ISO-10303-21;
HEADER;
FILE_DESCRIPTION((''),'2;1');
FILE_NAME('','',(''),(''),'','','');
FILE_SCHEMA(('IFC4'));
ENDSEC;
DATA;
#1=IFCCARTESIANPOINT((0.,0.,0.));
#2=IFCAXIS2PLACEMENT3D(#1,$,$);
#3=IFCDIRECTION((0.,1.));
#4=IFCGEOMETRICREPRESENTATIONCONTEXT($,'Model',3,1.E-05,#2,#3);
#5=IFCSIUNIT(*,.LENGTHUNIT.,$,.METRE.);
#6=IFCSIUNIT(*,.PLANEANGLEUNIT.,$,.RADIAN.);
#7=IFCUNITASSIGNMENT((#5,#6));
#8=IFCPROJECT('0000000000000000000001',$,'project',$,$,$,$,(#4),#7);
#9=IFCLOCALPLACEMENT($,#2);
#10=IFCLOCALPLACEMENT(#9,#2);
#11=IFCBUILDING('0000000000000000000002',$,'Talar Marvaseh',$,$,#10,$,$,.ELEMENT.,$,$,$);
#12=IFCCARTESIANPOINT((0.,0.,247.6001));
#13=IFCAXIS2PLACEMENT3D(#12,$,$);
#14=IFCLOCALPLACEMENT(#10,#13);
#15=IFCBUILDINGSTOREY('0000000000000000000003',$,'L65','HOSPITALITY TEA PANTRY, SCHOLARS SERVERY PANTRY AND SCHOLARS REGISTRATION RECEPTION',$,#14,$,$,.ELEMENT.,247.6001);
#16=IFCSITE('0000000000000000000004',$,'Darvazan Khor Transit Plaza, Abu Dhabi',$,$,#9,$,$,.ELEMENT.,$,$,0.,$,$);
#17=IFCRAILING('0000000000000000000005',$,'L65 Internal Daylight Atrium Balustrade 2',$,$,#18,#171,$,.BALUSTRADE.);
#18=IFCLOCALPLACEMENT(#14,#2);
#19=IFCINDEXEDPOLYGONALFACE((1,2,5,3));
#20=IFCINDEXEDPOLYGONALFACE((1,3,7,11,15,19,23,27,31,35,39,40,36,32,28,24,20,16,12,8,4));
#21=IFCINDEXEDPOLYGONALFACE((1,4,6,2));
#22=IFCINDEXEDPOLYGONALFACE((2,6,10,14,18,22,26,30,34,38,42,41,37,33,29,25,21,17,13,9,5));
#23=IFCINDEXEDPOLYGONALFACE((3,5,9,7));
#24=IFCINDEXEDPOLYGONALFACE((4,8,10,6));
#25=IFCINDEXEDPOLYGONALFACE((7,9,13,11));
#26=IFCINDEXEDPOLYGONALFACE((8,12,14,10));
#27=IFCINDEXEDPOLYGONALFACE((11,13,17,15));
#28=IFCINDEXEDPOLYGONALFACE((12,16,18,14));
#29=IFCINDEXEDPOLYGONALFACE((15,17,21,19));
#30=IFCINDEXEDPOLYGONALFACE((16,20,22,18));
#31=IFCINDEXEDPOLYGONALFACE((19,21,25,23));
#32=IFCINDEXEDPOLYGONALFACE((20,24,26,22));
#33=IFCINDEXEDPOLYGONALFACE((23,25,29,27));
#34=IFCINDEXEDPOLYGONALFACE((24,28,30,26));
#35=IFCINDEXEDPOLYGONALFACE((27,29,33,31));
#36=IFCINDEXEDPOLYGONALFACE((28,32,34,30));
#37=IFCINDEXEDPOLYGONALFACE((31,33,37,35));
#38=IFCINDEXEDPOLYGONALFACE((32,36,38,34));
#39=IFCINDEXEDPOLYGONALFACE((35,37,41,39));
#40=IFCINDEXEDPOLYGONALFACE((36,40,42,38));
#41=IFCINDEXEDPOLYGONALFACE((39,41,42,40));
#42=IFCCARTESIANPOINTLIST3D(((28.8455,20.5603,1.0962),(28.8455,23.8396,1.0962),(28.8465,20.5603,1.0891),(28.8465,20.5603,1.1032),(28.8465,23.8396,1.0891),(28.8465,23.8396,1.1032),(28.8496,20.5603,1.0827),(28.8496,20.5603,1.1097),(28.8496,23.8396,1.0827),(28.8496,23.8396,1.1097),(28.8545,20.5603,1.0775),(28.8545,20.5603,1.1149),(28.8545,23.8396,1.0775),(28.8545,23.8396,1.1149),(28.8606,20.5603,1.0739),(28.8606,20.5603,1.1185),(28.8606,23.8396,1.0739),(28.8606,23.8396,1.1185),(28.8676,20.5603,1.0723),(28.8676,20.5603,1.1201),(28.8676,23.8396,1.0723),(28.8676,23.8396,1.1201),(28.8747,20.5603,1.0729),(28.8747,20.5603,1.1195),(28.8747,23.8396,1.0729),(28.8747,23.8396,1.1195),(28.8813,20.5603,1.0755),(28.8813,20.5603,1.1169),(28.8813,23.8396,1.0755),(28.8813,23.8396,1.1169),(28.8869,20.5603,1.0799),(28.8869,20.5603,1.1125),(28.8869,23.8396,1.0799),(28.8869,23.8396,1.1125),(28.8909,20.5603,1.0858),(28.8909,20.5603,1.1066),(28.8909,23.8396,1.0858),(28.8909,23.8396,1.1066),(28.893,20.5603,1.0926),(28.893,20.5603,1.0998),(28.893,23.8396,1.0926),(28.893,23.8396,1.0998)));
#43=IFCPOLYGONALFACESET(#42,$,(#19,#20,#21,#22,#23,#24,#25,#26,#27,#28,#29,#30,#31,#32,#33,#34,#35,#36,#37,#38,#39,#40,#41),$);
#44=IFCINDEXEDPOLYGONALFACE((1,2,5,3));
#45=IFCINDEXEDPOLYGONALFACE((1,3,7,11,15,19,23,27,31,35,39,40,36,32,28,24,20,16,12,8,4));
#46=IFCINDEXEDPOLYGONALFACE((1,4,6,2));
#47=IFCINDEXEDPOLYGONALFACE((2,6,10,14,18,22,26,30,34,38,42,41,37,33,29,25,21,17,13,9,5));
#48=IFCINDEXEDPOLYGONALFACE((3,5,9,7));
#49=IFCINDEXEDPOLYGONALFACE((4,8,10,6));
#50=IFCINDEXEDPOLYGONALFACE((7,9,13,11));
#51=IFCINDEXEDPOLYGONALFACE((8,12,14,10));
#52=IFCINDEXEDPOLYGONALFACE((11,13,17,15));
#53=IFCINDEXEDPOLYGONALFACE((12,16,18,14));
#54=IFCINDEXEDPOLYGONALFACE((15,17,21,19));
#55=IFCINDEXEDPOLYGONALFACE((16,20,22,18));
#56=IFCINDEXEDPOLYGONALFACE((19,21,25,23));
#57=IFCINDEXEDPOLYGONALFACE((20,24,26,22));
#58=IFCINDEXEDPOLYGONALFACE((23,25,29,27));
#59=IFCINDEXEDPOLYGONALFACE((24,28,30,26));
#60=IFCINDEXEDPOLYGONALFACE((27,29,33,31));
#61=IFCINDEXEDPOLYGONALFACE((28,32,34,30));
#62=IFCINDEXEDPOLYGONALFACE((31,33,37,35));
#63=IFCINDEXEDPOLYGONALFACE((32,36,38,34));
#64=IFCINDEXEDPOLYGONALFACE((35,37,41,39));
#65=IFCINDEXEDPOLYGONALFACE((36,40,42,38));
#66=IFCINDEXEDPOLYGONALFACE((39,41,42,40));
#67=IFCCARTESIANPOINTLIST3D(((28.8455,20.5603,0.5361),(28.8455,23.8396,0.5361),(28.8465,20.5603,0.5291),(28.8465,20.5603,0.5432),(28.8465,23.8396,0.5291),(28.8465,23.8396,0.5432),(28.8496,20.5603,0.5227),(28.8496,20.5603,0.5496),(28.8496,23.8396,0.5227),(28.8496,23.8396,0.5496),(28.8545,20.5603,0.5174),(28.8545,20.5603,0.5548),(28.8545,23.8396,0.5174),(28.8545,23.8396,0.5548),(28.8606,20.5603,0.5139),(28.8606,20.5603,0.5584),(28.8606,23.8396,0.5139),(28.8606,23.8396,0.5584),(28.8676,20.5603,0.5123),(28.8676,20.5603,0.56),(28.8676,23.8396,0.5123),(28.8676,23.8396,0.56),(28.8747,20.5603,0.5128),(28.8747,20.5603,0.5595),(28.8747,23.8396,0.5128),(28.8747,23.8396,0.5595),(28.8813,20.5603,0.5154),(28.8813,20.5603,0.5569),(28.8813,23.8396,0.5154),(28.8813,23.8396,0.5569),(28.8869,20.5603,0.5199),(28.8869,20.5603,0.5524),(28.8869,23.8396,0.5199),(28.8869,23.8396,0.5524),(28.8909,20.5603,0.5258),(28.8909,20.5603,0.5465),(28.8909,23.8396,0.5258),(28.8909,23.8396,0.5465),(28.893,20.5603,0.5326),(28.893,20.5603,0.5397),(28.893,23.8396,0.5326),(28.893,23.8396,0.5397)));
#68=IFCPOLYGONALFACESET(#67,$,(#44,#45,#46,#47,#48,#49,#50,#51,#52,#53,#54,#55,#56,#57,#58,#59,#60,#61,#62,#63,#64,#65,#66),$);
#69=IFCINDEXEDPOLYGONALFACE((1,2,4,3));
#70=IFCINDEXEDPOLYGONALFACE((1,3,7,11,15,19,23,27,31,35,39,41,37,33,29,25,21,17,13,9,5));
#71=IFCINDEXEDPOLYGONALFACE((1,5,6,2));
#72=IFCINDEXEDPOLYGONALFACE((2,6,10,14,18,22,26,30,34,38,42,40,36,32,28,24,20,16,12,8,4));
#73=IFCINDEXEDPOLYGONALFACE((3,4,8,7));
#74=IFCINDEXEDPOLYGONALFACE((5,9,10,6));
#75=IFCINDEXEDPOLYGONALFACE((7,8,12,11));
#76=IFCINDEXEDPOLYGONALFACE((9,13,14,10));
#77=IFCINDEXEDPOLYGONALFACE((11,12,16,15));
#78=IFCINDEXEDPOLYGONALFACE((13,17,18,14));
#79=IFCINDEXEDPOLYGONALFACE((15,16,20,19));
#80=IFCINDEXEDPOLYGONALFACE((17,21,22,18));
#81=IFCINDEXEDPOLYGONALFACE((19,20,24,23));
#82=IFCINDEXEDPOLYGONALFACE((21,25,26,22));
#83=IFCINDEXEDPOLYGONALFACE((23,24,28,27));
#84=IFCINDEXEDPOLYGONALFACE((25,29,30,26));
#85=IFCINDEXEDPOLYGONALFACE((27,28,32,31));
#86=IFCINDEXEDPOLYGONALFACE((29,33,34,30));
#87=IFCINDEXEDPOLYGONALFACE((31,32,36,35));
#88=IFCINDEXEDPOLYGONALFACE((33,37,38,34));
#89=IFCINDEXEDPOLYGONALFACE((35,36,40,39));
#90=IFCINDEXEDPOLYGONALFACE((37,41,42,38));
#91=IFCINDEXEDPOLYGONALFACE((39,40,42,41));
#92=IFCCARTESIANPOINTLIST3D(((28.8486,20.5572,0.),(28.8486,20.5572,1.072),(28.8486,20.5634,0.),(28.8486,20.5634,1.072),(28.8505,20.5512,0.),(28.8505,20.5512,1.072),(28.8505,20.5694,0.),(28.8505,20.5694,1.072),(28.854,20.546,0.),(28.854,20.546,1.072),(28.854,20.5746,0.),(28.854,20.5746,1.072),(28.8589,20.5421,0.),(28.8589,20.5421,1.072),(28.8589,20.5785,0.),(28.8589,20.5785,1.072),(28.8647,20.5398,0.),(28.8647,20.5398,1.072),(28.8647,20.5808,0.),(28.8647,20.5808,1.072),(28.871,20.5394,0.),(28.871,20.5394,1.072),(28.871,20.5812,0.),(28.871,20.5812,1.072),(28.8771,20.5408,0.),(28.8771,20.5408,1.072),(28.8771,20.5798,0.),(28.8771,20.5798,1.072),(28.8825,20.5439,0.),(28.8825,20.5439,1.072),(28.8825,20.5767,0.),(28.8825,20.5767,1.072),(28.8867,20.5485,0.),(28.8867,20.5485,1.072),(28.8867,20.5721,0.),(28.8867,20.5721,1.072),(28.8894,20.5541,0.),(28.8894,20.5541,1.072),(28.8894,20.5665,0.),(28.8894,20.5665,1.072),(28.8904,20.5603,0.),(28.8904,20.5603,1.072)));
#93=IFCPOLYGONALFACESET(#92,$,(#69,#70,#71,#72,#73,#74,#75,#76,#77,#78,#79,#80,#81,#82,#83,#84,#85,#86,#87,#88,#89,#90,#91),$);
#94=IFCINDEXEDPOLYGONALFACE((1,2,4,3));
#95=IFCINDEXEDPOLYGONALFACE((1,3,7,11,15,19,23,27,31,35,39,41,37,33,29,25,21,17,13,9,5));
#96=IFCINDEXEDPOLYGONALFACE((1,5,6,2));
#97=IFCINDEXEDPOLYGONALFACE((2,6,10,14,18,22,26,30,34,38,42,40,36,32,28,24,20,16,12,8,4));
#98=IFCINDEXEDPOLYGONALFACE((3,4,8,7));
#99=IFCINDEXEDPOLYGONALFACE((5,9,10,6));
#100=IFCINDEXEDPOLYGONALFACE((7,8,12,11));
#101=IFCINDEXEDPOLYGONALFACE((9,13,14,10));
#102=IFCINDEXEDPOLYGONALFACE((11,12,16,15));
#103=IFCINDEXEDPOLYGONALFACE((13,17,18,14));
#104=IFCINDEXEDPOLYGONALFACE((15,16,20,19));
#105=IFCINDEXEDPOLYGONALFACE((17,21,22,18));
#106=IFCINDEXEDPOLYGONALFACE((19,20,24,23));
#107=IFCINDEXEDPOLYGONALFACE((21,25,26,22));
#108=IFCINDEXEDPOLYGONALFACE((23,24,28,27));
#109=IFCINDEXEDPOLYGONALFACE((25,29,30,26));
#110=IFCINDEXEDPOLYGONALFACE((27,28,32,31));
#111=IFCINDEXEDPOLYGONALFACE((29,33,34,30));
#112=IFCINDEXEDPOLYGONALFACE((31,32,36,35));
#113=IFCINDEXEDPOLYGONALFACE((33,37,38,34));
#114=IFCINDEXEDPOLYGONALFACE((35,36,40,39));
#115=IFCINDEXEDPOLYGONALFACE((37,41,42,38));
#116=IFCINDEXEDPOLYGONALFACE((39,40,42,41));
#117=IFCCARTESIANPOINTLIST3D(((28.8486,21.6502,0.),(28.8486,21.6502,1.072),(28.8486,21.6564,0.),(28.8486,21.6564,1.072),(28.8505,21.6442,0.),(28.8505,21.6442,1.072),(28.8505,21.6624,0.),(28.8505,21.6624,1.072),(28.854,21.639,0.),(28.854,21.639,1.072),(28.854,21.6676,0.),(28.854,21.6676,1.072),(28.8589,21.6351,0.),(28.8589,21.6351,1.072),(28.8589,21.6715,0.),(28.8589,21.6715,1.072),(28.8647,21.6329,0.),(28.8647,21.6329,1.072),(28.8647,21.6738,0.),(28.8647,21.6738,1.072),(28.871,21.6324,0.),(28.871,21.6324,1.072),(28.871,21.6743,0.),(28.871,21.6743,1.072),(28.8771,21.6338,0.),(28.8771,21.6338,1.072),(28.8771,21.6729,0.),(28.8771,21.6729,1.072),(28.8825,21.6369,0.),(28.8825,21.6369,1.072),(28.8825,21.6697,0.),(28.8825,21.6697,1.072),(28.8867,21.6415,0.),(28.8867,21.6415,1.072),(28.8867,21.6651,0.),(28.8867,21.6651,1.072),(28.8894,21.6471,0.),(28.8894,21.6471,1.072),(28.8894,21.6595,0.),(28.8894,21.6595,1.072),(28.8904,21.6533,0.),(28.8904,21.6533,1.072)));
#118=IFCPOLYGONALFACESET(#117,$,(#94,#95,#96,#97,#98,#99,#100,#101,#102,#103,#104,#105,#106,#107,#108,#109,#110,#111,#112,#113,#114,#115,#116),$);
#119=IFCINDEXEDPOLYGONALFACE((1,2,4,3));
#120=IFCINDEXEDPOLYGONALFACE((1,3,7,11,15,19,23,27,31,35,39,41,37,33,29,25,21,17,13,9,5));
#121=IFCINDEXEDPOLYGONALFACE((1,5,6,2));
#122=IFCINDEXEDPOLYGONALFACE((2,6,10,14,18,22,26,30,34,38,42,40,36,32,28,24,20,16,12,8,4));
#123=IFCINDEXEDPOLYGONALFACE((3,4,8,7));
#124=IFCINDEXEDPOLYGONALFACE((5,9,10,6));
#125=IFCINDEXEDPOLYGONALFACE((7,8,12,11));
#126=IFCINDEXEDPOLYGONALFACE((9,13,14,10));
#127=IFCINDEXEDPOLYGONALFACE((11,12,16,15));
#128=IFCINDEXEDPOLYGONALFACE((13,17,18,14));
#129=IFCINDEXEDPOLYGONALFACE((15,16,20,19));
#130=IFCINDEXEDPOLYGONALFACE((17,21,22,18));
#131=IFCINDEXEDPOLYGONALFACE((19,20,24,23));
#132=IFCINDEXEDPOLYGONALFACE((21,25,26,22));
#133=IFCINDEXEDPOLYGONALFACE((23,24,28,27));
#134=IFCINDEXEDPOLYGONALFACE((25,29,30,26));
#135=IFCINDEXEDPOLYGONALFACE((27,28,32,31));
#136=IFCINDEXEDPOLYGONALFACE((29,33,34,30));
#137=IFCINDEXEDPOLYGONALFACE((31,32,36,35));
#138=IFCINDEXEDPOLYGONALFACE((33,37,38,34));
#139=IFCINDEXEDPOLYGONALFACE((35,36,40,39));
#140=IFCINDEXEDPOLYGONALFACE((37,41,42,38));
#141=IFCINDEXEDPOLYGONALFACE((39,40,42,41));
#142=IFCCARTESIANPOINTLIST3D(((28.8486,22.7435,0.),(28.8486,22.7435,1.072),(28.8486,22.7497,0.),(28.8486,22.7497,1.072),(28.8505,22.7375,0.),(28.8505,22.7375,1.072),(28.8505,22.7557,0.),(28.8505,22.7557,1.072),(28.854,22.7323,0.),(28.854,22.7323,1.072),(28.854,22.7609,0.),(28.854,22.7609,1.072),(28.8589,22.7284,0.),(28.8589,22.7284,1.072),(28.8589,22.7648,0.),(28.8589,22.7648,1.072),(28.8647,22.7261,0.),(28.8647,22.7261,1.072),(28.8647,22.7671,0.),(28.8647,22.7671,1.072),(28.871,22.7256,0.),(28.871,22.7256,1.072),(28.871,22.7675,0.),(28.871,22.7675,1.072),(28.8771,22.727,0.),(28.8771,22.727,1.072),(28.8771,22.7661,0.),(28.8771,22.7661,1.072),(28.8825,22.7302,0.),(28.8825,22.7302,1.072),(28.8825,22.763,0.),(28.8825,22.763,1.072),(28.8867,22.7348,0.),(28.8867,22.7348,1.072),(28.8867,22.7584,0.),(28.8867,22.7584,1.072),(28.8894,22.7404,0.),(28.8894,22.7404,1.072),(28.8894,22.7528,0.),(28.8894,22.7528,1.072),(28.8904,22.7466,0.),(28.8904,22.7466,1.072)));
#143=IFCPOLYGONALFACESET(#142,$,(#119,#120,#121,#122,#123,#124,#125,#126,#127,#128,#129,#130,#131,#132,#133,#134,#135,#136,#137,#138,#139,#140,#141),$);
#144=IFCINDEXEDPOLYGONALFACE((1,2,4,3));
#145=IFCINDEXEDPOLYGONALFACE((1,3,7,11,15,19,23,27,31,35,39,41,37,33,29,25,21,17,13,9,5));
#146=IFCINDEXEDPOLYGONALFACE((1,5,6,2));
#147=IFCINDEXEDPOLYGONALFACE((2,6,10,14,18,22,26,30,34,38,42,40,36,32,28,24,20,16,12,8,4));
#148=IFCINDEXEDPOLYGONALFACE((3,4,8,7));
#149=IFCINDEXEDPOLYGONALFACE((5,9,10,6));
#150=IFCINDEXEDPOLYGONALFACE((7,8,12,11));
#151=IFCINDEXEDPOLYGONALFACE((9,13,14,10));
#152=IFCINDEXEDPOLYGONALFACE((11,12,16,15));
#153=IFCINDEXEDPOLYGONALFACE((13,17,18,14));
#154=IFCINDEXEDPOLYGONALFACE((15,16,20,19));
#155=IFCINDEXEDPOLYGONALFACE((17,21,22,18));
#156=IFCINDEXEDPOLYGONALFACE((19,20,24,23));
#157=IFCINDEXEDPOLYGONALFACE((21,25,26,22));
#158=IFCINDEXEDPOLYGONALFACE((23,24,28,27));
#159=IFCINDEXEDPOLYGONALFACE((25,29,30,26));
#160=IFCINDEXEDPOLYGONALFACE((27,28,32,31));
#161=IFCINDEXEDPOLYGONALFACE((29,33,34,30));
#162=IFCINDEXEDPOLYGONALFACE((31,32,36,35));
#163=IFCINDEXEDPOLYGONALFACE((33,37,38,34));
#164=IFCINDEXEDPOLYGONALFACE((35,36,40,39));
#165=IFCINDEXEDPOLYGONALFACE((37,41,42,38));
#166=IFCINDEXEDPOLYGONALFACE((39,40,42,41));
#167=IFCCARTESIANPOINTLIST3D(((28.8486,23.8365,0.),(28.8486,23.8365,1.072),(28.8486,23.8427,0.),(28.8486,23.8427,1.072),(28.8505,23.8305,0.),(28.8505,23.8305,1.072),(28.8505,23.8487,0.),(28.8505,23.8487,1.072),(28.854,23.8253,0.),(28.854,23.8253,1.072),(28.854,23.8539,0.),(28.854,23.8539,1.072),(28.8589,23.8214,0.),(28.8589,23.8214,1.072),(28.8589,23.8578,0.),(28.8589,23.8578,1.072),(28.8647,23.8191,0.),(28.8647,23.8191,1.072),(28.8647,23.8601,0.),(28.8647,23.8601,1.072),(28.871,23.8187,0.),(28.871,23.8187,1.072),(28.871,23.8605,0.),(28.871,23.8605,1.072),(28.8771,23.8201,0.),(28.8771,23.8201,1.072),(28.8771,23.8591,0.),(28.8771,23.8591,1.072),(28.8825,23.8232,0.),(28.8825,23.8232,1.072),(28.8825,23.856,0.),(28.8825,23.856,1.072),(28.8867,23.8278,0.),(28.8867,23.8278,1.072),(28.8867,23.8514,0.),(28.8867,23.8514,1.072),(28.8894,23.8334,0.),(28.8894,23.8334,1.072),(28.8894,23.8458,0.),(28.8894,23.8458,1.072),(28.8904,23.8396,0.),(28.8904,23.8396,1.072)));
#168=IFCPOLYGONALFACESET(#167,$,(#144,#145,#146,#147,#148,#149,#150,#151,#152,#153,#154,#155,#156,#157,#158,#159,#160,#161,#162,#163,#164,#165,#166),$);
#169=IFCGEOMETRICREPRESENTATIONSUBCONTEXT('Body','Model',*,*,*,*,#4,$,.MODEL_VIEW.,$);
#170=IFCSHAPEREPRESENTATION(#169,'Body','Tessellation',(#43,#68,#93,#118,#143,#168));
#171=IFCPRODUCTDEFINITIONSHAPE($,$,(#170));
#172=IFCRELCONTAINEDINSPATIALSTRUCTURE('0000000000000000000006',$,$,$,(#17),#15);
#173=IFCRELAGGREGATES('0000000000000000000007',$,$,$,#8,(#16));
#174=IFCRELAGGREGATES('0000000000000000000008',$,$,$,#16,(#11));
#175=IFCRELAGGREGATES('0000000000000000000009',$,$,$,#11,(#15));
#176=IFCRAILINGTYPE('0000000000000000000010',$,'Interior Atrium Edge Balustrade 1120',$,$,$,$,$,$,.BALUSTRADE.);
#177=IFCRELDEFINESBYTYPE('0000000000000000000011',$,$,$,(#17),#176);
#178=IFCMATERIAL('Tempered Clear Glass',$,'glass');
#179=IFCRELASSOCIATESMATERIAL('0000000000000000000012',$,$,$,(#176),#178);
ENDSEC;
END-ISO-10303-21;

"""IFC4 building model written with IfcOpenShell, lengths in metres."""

from ifc_helpers import new_model, si_unit, direction, frame, origin, origin_2d, place, context, subcontext, project, spatial, circle, extrude, material, type_object, element, save


model = new_model("IFC4")

# Units and contexts
model_context = context("Model", 3, precision=1e-05, world=origin(), true_north=direction((0.0, 1.0)))
body_context = subcontext(model_context, "Body", "Model", "MODEL_VIEW")
ifc_project = project(units=[si_unit("LENGTHUNIT", "METRE"), si_unit("PLANEANGLEUNIT", "RADIAN")], contexts=[model_context])

# Site, building, storey
site_placement = place(None, origin())
site = spatial("IfcSite", under=ifc_project, at=site_placement, Name="Darvazan Khor Transit Plaza, Abu Dhabi", CompositionType="ELEMENT", RefElevation=0.0)
building_placement = place(site_placement, origin())
building = spatial("IfcBuilding", under=site, at=building_placement, Name="Talar Marvaseh", CompositionType="ELEMENT")
storey_placement = place(building_placement, frame((0.0, 0.0, 247.6001)))
storey = spatial("IfcBuildingStorey", under=building, at=storey_placement, Name="L65", Description="HOSPITALITY TEA PANTRY, SCHOLARS SERVERY PANTRY AND SCHOLARS REGISTRATION RECEPTION", CompositionType="ELEMENT", Elevation=247.6001)

# Railing
ifc_material_1 = material(Name="Tempered Clear Glass", Category="glass")
railing_type = type_object("IfcRailingType", Name="Interior Atrium Edge Balustrade 1120", PredefinedType="BALUSTRADE", material=ifc_material_1)
railing_1_placement = place(storey_placement, frame((28.8694, 20.5603, 0.0)))
element("IfcRailing", 1, at=railing_1_placement, inside=storey, type_object=railing_type, Name="L65 Internal Daylight Atrium Balustrade 2", PredefinedType="BALUSTRADE", context=body_context, shape_type="SweptSolid", body=[
    extrude(circle(Radius=0.0239, at=origin_2d()), frame((0.0, 0.0, 1.0962), z_axis=(0.0, 1.0, 0.0), x_axis=(-1.0, 0.0, 0.0)), (0.0, 0.0, 1.0), 3.2793),
    extrude(circle(Radius=0.0239, at=origin_2d()), frame((0.0, 0.0, 0.5361), z_axis=(0.0, 1.0, 0.0), x_axis=(-1.0, 0.0, 0.0)), (0.0, 0.0, 1.0), 3.2793),
    extrude(circle(Radius=0.021, at=origin_2d()), origin(), (0.0, 0.0, 1.0), 1.072),
    extrude(circle(Radius=0.021, at=origin_2d()), frame((0.0, 1.093, 0.0)), (0.0, 0.0, 1.0), 1.072),
    extrude(circle(Radius=0.021, at=origin_2d()), frame((0.0, 2.1863, 0.0)), (0.0, 0.0, 1.0), 1.072),
    extrude(circle(Radius=0.021, at=origin_2d()), frame((0.0, 3.2793, 0.0)), (0.0, 0.0, 1.0), 1.072),
])

save(model, "model.ifc")
